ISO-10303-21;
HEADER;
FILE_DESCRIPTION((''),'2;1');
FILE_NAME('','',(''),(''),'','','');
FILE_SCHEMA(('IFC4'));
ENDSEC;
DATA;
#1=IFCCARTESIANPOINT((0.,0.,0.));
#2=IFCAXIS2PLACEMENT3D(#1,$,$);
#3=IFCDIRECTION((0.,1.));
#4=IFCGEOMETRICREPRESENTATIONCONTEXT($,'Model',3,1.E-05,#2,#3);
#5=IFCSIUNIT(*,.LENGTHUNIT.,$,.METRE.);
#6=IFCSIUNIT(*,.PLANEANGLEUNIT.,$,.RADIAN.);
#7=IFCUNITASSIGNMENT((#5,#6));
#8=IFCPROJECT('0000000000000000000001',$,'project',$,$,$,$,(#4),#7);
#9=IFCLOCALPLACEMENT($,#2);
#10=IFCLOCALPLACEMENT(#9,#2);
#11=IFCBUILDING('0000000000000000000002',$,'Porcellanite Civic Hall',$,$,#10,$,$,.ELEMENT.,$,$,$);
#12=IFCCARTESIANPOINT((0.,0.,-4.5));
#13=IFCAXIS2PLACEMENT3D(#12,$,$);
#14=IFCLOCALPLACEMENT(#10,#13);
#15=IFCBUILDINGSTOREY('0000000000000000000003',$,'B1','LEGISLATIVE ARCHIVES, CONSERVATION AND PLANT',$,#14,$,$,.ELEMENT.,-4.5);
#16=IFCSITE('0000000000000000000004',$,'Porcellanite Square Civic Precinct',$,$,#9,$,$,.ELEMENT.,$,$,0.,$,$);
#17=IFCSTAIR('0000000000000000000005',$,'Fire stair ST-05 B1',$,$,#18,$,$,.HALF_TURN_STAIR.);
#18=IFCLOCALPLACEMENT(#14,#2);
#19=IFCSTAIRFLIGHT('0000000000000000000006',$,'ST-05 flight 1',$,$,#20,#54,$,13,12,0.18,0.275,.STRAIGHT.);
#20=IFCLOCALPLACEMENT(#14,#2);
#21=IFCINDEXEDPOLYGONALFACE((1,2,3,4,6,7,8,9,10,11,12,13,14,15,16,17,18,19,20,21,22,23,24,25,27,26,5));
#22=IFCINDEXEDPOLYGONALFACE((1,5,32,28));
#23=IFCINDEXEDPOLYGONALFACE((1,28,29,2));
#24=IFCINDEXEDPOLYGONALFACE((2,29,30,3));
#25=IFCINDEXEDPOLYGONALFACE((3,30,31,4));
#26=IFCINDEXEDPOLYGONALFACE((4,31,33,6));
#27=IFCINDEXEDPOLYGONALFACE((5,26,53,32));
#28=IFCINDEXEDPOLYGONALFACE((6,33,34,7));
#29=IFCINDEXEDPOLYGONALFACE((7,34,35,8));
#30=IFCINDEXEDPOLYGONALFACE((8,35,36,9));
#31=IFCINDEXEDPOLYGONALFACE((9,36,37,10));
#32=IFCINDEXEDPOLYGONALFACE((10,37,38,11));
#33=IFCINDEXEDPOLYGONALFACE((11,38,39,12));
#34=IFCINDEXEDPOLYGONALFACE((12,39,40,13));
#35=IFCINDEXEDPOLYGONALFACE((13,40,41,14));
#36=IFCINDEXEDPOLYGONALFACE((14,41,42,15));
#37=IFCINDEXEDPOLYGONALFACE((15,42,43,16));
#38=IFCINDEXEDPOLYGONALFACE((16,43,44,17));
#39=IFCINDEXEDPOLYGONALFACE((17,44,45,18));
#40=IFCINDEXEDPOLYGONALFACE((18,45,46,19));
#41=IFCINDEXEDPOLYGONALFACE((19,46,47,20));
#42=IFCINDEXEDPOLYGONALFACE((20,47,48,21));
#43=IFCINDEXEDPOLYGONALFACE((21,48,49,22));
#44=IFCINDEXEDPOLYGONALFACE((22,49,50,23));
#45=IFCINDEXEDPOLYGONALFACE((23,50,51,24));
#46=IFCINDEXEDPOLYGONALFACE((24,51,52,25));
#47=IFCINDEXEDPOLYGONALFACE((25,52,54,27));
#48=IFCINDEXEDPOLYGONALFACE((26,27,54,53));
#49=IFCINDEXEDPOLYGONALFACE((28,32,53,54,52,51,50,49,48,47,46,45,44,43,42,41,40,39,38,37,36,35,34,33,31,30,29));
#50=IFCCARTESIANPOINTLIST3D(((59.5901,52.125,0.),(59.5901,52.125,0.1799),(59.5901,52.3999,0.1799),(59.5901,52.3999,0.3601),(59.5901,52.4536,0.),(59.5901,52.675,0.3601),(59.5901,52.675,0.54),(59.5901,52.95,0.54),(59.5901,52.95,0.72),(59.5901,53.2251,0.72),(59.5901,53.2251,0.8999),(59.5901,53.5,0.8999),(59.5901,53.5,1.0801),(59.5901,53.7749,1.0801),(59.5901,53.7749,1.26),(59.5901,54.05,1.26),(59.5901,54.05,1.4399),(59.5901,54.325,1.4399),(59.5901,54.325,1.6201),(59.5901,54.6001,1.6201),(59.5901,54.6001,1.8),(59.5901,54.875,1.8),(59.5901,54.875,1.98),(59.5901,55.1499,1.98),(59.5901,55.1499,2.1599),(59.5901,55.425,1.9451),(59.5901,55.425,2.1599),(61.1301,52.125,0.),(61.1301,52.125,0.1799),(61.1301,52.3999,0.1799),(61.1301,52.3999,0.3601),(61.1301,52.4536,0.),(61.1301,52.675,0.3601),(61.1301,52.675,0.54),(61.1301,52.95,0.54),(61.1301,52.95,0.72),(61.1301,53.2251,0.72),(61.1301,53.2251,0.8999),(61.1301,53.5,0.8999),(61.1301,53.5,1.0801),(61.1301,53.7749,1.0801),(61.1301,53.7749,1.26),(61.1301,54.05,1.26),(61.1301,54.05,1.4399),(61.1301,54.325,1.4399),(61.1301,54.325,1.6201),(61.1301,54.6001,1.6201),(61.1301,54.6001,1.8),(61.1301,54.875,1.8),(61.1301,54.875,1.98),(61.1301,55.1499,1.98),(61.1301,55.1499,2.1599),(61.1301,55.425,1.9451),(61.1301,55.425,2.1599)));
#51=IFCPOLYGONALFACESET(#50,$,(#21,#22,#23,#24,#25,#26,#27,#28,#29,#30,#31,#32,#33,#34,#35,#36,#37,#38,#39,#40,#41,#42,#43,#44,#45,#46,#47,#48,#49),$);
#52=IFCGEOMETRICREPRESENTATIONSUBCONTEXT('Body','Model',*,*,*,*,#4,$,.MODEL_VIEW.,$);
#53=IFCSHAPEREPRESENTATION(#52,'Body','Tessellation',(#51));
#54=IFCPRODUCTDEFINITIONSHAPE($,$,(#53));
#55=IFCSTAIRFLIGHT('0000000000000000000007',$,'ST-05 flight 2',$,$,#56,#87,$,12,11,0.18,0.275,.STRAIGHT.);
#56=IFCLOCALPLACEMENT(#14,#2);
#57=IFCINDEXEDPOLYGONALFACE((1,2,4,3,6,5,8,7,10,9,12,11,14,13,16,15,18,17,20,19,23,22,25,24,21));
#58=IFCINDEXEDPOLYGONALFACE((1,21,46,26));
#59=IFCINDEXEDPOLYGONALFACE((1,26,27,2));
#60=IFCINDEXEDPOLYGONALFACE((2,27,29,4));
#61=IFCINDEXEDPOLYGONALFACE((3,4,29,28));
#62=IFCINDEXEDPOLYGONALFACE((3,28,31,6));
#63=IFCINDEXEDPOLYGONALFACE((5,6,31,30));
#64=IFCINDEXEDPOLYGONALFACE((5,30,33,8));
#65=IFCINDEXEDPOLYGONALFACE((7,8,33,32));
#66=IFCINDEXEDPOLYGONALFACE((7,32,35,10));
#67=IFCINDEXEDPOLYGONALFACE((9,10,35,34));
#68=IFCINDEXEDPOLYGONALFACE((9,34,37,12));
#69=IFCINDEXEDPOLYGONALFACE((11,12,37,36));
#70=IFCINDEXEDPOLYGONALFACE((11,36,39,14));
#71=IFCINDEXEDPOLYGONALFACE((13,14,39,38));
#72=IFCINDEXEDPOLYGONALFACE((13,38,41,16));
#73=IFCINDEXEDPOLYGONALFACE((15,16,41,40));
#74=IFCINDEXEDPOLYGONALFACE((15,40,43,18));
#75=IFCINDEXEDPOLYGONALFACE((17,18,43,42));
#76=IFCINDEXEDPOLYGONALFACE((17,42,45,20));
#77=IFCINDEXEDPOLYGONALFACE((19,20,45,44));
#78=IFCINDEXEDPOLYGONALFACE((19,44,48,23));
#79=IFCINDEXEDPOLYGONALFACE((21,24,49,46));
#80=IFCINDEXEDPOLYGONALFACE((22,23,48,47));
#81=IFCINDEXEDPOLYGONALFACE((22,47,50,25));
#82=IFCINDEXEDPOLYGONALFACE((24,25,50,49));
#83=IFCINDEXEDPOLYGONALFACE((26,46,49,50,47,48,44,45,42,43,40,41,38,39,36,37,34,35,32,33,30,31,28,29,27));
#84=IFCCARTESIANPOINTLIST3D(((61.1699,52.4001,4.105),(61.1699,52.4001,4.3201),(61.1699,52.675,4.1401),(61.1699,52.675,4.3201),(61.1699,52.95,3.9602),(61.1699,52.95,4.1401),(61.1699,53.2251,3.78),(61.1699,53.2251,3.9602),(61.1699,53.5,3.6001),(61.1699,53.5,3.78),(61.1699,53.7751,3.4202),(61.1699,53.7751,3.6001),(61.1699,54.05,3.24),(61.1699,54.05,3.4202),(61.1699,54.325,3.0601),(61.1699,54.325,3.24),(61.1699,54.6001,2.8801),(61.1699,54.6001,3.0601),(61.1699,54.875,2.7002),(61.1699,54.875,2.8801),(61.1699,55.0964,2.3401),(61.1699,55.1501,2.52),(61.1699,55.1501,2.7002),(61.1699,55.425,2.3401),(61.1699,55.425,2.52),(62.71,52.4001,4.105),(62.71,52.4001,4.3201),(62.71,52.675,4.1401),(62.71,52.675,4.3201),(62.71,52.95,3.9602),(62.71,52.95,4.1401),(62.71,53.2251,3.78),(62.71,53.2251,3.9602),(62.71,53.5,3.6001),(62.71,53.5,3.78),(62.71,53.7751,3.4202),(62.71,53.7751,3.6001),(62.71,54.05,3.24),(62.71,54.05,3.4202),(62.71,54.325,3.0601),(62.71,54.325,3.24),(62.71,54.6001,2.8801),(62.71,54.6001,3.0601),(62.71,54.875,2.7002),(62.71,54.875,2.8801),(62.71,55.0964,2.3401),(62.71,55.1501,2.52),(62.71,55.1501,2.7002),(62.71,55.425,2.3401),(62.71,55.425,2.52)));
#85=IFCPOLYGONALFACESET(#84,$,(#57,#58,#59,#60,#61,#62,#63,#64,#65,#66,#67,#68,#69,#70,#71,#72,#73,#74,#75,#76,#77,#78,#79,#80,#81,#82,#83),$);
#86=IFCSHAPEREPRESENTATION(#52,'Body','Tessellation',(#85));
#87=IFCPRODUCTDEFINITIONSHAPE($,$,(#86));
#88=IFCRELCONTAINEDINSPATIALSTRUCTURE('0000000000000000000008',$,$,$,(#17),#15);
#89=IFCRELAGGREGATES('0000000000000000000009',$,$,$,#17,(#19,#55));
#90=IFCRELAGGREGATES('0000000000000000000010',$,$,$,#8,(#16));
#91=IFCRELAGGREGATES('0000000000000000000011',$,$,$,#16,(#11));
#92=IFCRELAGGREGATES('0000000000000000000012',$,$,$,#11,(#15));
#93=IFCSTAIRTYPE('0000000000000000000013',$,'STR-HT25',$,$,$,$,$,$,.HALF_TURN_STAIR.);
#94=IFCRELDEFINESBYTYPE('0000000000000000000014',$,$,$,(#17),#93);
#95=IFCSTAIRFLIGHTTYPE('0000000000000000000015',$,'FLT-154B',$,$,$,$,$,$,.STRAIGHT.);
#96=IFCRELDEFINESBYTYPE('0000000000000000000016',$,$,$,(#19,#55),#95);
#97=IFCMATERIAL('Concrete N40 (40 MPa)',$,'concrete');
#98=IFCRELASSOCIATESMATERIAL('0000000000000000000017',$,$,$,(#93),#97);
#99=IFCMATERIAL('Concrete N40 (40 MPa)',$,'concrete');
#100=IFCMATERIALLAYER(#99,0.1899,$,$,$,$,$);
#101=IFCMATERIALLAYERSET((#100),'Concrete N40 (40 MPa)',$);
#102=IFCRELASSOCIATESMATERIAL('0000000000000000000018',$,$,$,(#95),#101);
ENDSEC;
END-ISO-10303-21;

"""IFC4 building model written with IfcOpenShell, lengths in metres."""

from ifc_helpers import new_model, si_unit, direction, frame, origin, place, context, subcontext, project, spatial, polyline, outline, extrude, material, layer, layer_set, type_object, element, aggregate, save


model = new_model("IFC4")

# Units and contexts
model_context = context("Model", 3, precision=1e-05, world=origin(), true_north=direction((0.0, 1.0)))
body_context = subcontext(model_context, "Body", "Model", "MODEL_VIEW")
ifc_project = project(units=[si_unit("LENGTHUNIT", "METRE"), si_unit("PLANEANGLEUNIT", "RADIAN")], contexts=[model_context])

# Site, building, storey
site_placement = place(None, origin())
site = spatial("IfcSite", under=ifc_project, at=site_placement, Name="Porcellanite Square Civic Precinct", CompositionType="ELEMENT", RefElevation=0.0)
building_placement = place(site_placement, origin())
building = spatial("IfcBuilding", under=site, at=building_placement, Name="Porcellanite Civic Hall", CompositionType="ELEMENT")
storey_placement = place(building_placement, frame((0.0, 0.0, -4.5)))
storey = spatial("IfcBuildingStorey", under=building, at=storey_placement, Name="B1", Description="LEGISLATIVE ARCHIVES, CONSERVATION AND PLANT", CompositionType="ELEMENT", Elevation=-4.5)

# Stair, stair flights
ifc_material_1 = material(Name="Concrete N40 (40 MPa)", Category="concrete")
stair_type = type_object("IfcStairType", Name="STR-HT25", PredefinedType="HALF_TURN_STAIR", material=ifc_material_1)
stair_placement = place(storey_placement, origin())
stair = element("IfcStair", 1, at=stair_placement, inside=storey, type_object=stair_type, Name="Fire stair ST-05 B1", PredefinedType="HALF_TURN_STAIR")
ifc_material_2 = material(Name="Concrete N40 (40 MPa)", Category="concrete")
ifc_layer_1 = layer(ifc_material_2, 0.1899)
ifc_layer_set_1 = layer_set([ifc_layer_1], Name="Concrete N40 (40 MPa)")
stair_flight_type = type_object("IfcStairFlightType", Name="FLT-154B", PredefinedType="STRAIGHT", material=ifc_layer_set_1)
stair_flight_1_placement = place(storey_placement, frame((60.3601, 52.125, 0.0), z_axis=(0.0, 0.0, 1.0), x_axis=(0.0, 1.0, 0.0)))
stair_flight_1 = element("IfcStairFlight", 2, at=stair_flight_1_placement, type_object=stair_flight_type, Name="ST-05 flight 1", NumberOfRisers=13, NumberOfTreads=12, PredefinedType="STRAIGHT", RiserHeight=0.18, TreadLength=0.275, context=body_context, shape_type="SweptSolid", body=[
    extrude(outline(polyline([(0.0, 0.0), (0.0, 0.1799), (0.2749, 0.1799), (0.2749, 0.3601), (0.55, 0.3601), (0.55, 0.54), (0.825, 0.54), (0.825, 0.72), (1.1001, 0.72), (1.1001, 0.8999), (1.375, 0.8999), (1.375, 1.0801), (1.6499, 1.0801), (1.6499, 1.26), (1.925, 1.26), (1.925, 1.4399), (2.2, 1.4399), (2.2, 1.6201), (2.4751, 1.6201), (2.4751, 1.8), (2.75, 1.8), (2.75, 1.98), (3.0249, 1.98), (3.0249, 2.1599), (3.3, 2.1599), (3.3, 2.3401), (3.3, 1.9451), (0.3286, 0.0), (0.0, 0.0)])), frame((0.0, 0.77, 0.0), z_axis=(0.0, -1.0, 0.0), x_axis=(1.0, 0.0, 0.0)), (0.0, 0.0, 1.0), 1.54),
])
stair_flight_2_placement = place(storey_placement, frame((61.9399, 55.425, 2.3401), z_axis=(0.0, 0.0, 1.0), x_axis=(0.0, -1.0, 0.0)))
stair_flight_2 = element("IfcStairFlight", 3, at=stair_flight_2_placement, type_object=stair_flight_type, Name="ST-05 flight 2", NumberOfRisers=12, NumberOfTreads=11, PredefinedType="STRAIGHT", RiserHeight=0.18, TreadLength=0.275, context=body_context, shape_type="SweptSolid", body=[
    extrude(outline(polyline([(0.0, 0.0), (0.0, 0.1799), (0.2749, 0.1799), (0.2749, 0.3601), (0.55, 0.3601), (0.55, 0.54), (0.825, 0.54), (0.825, 0.72), (1.1001, 0.72), (1.1001, 0.8999), (1.375, 0.8999), (1.375, 1.0801), (1.6499, 1.0801), (1.6499, 1.26), (1.925, 1.26), (1.925, 1.4399), (2.2, 1.4399), (2.2, 1.6201), (2.4751, 1.6201), (2.4751, 1.8), (2.75, 1.8), (2.75, 1.98), (3.0249, 1.98), (3.0249, 2.1599), (3.0249, 1.7649), (0.3286, 0.0), (0.0, 0.0)])), frame((0.0, 0.77, 0.0), z_axis=(0.0, -1.0, 0.0), x_axis=(1.0, 0.0, 0.0)), (0.0, 0.0, 1.0), 1.54),
])
aggregate(stair, [stair_flight_1, stair_flight_2])

save(model, "model.ifc")
